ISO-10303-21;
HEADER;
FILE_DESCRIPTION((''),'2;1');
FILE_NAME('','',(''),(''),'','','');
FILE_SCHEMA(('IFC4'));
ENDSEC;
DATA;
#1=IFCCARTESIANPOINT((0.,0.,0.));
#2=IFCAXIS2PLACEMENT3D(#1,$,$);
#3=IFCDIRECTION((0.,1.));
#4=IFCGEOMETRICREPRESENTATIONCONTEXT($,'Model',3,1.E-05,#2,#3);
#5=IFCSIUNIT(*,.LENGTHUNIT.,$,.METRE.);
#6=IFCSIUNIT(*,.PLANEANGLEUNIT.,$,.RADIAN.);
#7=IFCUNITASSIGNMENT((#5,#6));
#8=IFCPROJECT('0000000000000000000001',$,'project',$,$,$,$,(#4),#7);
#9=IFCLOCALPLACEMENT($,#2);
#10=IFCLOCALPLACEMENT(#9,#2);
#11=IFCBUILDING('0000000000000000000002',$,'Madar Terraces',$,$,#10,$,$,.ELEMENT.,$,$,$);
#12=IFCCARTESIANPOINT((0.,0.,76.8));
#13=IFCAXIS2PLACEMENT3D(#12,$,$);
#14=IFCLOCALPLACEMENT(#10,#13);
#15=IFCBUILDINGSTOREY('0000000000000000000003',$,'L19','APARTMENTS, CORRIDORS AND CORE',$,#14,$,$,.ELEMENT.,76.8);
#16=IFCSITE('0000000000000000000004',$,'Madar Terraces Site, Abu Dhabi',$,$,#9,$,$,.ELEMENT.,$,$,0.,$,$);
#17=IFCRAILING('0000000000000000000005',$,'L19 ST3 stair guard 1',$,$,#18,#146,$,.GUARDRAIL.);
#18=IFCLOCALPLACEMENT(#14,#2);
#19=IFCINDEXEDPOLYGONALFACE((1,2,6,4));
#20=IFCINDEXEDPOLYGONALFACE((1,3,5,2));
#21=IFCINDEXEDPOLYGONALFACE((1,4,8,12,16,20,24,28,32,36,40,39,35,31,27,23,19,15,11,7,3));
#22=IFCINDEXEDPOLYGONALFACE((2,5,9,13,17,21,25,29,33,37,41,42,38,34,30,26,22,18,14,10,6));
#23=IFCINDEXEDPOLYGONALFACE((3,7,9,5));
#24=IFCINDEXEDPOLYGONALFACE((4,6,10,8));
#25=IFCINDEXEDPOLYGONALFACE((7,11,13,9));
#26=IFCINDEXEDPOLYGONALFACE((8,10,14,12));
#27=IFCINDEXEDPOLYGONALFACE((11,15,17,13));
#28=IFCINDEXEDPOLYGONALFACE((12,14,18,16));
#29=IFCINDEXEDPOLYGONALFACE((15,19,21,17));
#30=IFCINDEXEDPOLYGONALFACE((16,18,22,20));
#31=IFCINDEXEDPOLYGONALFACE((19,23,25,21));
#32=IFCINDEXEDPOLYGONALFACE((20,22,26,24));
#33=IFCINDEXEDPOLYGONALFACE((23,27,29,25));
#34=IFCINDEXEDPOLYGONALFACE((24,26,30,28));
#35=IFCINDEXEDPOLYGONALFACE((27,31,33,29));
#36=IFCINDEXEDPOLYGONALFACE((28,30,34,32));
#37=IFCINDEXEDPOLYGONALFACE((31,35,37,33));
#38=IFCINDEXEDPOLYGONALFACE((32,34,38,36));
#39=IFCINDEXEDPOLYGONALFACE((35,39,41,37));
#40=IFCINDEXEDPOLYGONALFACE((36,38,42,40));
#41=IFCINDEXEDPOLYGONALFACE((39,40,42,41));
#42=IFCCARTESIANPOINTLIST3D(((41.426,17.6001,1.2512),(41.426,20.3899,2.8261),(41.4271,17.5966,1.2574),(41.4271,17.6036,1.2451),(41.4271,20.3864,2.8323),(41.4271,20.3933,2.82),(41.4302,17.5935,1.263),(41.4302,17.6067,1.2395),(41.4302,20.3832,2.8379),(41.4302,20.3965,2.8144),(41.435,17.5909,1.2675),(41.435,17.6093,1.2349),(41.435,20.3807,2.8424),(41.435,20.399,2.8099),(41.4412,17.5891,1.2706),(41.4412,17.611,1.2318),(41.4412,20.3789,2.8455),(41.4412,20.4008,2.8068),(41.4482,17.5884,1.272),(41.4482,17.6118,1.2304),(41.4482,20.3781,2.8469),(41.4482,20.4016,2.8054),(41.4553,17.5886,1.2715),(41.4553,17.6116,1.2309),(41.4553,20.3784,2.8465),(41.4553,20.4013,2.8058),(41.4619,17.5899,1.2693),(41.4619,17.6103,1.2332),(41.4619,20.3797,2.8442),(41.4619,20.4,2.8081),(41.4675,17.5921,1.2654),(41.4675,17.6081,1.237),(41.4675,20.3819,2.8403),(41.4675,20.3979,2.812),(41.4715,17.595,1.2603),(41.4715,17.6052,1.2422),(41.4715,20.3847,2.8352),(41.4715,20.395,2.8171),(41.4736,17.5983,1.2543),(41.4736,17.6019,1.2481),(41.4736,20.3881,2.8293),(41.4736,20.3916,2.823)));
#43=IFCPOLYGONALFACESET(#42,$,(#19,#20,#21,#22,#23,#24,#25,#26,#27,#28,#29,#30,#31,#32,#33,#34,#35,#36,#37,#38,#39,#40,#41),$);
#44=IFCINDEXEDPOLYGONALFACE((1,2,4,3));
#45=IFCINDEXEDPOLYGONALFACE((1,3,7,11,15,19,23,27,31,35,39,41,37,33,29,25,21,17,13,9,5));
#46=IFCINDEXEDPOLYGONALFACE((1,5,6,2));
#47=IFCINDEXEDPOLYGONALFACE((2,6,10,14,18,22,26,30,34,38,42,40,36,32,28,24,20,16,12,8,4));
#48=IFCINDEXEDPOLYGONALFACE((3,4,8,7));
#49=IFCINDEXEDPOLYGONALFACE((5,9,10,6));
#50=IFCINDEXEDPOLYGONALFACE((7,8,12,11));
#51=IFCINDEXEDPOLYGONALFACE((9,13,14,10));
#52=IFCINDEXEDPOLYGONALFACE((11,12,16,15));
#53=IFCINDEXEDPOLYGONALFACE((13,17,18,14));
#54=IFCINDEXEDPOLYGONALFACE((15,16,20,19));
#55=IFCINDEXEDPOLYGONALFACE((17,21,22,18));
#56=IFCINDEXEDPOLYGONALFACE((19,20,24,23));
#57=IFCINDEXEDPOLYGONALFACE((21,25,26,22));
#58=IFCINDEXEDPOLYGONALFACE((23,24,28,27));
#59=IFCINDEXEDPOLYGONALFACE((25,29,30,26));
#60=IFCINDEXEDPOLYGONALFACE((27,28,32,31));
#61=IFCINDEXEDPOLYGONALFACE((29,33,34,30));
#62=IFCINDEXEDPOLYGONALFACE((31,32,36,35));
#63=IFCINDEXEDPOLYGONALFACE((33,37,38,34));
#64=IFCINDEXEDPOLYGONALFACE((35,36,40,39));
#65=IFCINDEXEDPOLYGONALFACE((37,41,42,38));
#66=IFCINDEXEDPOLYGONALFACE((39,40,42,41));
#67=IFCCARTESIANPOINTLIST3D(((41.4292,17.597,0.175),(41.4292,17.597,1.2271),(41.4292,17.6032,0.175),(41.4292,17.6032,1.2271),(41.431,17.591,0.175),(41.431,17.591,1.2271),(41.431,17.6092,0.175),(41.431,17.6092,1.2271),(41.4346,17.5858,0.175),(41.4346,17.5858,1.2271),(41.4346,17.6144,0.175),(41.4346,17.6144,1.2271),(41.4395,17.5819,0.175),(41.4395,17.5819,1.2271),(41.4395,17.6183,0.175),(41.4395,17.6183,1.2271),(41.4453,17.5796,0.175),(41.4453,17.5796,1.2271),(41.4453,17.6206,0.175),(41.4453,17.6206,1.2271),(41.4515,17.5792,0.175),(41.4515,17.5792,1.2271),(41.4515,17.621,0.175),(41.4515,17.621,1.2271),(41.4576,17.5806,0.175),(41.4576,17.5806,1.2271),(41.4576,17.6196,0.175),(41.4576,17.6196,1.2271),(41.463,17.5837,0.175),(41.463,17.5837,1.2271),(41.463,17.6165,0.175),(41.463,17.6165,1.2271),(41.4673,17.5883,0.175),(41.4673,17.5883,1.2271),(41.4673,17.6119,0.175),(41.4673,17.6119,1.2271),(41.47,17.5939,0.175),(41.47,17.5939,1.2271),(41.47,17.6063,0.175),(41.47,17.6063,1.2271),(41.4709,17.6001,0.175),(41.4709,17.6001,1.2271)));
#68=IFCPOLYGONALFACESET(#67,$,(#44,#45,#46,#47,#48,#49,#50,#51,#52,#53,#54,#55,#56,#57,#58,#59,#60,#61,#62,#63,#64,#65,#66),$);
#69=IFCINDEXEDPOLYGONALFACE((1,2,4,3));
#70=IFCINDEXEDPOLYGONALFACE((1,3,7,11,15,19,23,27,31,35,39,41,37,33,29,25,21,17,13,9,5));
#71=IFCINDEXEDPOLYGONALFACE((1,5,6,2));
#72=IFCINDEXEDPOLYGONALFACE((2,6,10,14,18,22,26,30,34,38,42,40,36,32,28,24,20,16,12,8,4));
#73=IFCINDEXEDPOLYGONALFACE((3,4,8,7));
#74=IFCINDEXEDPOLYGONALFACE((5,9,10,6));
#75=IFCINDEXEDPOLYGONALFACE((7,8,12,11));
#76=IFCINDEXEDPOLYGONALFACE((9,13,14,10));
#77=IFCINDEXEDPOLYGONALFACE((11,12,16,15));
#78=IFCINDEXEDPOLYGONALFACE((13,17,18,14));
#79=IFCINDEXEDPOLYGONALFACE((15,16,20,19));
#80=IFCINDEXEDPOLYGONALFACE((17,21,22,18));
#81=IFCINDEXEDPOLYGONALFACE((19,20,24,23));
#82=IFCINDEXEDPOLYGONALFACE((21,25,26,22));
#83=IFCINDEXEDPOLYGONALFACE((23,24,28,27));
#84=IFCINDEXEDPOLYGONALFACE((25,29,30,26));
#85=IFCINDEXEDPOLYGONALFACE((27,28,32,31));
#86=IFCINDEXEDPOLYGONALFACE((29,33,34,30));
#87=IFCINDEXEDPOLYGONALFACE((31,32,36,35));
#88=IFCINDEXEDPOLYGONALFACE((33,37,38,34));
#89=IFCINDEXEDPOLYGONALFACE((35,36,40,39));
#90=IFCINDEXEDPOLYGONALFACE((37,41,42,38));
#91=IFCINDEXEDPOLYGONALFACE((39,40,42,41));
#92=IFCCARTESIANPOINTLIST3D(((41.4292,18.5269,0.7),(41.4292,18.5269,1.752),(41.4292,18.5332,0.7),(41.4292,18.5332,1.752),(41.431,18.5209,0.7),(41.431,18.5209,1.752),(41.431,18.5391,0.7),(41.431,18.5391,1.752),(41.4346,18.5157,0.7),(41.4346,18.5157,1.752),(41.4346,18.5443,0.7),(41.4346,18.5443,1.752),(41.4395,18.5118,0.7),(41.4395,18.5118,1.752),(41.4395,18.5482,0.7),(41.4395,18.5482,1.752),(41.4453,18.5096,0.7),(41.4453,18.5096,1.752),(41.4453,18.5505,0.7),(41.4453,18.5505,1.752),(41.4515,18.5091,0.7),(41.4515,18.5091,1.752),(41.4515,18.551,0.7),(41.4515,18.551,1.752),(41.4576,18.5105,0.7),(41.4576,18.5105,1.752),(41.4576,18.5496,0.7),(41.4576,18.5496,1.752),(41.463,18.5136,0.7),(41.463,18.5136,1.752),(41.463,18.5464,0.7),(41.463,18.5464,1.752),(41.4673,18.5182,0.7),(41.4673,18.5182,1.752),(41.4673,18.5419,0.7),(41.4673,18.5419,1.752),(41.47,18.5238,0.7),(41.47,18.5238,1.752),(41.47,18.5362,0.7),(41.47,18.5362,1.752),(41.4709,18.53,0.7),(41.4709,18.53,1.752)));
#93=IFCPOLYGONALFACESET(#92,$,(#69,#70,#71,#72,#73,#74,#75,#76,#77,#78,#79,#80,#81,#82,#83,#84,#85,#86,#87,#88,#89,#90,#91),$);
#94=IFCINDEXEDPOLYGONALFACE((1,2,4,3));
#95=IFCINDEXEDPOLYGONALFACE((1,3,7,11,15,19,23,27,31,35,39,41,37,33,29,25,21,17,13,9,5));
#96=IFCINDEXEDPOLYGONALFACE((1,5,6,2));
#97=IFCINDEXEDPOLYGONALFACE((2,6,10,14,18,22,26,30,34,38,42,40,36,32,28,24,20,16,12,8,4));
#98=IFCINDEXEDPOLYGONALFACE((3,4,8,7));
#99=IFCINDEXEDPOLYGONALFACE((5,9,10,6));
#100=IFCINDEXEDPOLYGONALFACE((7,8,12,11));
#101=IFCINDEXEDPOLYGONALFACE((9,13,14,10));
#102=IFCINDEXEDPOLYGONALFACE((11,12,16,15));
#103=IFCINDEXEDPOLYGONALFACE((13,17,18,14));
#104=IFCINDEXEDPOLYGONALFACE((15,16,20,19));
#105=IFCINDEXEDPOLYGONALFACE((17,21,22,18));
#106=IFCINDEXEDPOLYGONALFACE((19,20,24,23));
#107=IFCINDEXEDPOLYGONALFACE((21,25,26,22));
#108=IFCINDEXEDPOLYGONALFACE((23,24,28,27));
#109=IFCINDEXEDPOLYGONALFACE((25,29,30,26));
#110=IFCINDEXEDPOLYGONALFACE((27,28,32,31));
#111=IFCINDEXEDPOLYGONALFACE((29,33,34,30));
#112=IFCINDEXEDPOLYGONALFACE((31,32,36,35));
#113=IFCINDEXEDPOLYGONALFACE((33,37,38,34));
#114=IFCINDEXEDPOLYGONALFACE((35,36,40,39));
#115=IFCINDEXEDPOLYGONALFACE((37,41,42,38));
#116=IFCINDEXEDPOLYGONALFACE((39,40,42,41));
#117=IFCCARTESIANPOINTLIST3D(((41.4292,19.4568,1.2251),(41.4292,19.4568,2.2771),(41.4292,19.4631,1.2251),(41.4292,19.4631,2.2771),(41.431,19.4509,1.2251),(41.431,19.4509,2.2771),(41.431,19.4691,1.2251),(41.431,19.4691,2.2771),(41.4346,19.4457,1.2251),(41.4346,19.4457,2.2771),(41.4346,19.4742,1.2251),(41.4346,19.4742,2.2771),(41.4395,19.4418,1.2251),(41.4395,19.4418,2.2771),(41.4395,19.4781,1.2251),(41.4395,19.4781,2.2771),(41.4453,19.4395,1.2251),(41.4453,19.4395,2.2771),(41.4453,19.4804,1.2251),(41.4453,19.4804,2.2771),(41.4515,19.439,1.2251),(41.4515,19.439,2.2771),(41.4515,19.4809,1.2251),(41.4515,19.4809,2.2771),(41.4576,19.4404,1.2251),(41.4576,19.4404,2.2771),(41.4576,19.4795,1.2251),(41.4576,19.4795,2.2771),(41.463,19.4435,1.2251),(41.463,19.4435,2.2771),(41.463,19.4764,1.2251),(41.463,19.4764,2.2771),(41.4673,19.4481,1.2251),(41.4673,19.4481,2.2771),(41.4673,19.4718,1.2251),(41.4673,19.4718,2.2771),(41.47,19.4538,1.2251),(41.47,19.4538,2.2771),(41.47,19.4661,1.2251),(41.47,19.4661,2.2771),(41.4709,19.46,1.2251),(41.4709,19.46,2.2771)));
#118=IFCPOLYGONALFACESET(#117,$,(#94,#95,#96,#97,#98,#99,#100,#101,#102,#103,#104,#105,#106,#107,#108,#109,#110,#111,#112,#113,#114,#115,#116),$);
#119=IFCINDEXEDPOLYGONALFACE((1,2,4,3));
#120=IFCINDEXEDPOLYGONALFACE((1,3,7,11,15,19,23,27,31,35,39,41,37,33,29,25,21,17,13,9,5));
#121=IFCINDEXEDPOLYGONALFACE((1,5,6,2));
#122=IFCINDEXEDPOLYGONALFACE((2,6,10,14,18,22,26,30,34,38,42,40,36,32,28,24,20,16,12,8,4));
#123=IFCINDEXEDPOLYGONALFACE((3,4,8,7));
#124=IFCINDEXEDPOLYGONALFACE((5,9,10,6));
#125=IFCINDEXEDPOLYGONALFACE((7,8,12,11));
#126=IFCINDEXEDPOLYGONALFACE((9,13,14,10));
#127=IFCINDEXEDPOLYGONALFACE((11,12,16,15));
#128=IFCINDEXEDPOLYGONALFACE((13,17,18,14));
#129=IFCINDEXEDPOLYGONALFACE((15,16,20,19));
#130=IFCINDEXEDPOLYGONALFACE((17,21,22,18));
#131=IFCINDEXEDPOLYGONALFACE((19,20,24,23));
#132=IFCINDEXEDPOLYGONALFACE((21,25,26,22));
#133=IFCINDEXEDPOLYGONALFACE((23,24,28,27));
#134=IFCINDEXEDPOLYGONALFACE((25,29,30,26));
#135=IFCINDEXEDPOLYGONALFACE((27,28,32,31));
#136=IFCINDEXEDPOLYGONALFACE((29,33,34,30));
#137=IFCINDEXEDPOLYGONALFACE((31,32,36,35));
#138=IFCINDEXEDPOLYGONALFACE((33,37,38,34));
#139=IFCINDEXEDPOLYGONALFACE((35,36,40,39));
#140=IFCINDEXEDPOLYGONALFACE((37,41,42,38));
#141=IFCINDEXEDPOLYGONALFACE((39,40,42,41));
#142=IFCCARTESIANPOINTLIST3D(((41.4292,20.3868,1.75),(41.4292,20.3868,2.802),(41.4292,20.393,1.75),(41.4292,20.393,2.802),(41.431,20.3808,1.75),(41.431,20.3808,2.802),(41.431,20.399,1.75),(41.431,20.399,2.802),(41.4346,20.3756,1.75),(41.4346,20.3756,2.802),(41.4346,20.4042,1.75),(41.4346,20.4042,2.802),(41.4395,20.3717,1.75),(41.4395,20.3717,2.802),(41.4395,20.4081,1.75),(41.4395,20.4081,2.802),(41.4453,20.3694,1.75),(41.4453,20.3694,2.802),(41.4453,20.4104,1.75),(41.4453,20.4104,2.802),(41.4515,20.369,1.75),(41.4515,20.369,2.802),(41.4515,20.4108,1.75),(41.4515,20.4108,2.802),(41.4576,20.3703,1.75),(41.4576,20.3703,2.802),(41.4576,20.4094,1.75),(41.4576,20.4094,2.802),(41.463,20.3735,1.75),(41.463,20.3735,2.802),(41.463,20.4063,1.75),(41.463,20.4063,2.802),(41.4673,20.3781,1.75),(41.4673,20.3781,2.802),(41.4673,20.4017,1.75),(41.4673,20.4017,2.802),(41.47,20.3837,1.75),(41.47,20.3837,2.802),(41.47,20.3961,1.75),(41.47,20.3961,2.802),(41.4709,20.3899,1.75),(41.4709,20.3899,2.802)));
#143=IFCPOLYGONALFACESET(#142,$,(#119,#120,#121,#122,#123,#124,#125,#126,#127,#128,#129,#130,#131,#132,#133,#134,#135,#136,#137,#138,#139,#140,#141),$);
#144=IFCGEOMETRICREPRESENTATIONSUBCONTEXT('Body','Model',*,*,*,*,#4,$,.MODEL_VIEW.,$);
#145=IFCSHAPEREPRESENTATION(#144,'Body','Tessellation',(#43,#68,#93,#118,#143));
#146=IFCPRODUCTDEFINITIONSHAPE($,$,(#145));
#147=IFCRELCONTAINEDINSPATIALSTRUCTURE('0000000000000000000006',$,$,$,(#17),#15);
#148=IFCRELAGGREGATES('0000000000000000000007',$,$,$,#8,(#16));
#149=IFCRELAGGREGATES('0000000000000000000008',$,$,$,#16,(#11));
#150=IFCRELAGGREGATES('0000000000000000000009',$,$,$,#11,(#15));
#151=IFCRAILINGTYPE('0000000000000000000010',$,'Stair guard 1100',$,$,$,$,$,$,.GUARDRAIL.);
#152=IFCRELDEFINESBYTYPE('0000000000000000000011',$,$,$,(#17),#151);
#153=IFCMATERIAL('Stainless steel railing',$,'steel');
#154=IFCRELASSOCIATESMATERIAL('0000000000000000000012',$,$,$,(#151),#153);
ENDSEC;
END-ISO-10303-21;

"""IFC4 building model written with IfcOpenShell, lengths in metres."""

from ifc_helpers import new_model, si_unit, direction, frame, origin, origin_2d, place, context, subcontext, project, spatial, circle, extrude, material, type_object, element, save


model = new_model("IFC4")

# Units and contexts
model_context = context("Model", 3, precision=1e-05, world=origin(), true_north=direction((0.0, 1.0)))
body_context = subcontext(model_context, "Body", "Model", "MODEL_VIEW")
ifc_project = project(units=[si_unit("LENGTHUNIT", "METRE"), si_unit("PLANEANGLEUNIT", "RADIAN")], contexts=[model_context])

# Site, building, storey
site_placement = place(None, origin())
site = spatial("IfcSite", under=ifc_project, at=site_placement, Name="Madar Terraces Site, Abu Dhabi", CompositionType="ELEMENT", RefElevation=0.0)
building_placement = place(site_placement, origin())
building = spatial("IfcBuilding", under=site, at=building_placement, Name="Madar Terraces", CompositionType="ELEMENT")
storey_placement = place(building_placement, frame((0.0, 0.0, 76.8)))
storey = spatial("IfcBuildingStorey", under=building, at=storey_placement, Name="L19", Description="APARTMENTS, CORRIDORS AND CORE", CompositionType="ELEMENT", Elevation=76.8)

# Railing
ifc_material_1 = material(Name="Stainless steel railing", Category="steel")
railing_type_1 = type_object("IfcRailingType", Name="Stair guard 1100", PredefinedType="GUARDRAIL", material=ifc_material_1)
railing_1_placement = place(storey_placement, frame((41.45, 17.6001, 0.175)))
element("IfcRailing", 1, at=railing_1_placement, inside=storey, type_object=railing_type_1, Name="L19 ST3 stair guard 1", PredefinedType="GUARDRAIL", context=body_context, shape_type="SweptSolid", body=[
    extrude(circle(Radius=0.0239, at=origin_2d()), frame((0.0, 0.0, 1.0762), z_axis=(0.0, 0.870815, 0.49161), x_axis=(-1.0, 0.0, 0.0)), (0.0, 0.0, 1.0), 3.2036),
    extrude(circle(Radius=0.021, at=origin_2d()), origin(), (0.0, 0.0, 1.0), 1.052),
    extrude(circle(Radius=0.021, at=origin_2d()), frame((0.0, 0.9299, 0.5249)), (0.0, 0.0, 1.0), 1.052),
    extrude(circle(Radius=0.021, at=origin_2d()), frame((0.0, 1.8599, 1.05)), (0.0, 0.0, 1.0), 1.052),
    extrude(circle(Radius=0.021, at=origin_2d()), frame((0.0, 2.7898, 1.575)), (0.0, 0.0, 1.0), 1.052),
])

save(model, "model.ifc")
